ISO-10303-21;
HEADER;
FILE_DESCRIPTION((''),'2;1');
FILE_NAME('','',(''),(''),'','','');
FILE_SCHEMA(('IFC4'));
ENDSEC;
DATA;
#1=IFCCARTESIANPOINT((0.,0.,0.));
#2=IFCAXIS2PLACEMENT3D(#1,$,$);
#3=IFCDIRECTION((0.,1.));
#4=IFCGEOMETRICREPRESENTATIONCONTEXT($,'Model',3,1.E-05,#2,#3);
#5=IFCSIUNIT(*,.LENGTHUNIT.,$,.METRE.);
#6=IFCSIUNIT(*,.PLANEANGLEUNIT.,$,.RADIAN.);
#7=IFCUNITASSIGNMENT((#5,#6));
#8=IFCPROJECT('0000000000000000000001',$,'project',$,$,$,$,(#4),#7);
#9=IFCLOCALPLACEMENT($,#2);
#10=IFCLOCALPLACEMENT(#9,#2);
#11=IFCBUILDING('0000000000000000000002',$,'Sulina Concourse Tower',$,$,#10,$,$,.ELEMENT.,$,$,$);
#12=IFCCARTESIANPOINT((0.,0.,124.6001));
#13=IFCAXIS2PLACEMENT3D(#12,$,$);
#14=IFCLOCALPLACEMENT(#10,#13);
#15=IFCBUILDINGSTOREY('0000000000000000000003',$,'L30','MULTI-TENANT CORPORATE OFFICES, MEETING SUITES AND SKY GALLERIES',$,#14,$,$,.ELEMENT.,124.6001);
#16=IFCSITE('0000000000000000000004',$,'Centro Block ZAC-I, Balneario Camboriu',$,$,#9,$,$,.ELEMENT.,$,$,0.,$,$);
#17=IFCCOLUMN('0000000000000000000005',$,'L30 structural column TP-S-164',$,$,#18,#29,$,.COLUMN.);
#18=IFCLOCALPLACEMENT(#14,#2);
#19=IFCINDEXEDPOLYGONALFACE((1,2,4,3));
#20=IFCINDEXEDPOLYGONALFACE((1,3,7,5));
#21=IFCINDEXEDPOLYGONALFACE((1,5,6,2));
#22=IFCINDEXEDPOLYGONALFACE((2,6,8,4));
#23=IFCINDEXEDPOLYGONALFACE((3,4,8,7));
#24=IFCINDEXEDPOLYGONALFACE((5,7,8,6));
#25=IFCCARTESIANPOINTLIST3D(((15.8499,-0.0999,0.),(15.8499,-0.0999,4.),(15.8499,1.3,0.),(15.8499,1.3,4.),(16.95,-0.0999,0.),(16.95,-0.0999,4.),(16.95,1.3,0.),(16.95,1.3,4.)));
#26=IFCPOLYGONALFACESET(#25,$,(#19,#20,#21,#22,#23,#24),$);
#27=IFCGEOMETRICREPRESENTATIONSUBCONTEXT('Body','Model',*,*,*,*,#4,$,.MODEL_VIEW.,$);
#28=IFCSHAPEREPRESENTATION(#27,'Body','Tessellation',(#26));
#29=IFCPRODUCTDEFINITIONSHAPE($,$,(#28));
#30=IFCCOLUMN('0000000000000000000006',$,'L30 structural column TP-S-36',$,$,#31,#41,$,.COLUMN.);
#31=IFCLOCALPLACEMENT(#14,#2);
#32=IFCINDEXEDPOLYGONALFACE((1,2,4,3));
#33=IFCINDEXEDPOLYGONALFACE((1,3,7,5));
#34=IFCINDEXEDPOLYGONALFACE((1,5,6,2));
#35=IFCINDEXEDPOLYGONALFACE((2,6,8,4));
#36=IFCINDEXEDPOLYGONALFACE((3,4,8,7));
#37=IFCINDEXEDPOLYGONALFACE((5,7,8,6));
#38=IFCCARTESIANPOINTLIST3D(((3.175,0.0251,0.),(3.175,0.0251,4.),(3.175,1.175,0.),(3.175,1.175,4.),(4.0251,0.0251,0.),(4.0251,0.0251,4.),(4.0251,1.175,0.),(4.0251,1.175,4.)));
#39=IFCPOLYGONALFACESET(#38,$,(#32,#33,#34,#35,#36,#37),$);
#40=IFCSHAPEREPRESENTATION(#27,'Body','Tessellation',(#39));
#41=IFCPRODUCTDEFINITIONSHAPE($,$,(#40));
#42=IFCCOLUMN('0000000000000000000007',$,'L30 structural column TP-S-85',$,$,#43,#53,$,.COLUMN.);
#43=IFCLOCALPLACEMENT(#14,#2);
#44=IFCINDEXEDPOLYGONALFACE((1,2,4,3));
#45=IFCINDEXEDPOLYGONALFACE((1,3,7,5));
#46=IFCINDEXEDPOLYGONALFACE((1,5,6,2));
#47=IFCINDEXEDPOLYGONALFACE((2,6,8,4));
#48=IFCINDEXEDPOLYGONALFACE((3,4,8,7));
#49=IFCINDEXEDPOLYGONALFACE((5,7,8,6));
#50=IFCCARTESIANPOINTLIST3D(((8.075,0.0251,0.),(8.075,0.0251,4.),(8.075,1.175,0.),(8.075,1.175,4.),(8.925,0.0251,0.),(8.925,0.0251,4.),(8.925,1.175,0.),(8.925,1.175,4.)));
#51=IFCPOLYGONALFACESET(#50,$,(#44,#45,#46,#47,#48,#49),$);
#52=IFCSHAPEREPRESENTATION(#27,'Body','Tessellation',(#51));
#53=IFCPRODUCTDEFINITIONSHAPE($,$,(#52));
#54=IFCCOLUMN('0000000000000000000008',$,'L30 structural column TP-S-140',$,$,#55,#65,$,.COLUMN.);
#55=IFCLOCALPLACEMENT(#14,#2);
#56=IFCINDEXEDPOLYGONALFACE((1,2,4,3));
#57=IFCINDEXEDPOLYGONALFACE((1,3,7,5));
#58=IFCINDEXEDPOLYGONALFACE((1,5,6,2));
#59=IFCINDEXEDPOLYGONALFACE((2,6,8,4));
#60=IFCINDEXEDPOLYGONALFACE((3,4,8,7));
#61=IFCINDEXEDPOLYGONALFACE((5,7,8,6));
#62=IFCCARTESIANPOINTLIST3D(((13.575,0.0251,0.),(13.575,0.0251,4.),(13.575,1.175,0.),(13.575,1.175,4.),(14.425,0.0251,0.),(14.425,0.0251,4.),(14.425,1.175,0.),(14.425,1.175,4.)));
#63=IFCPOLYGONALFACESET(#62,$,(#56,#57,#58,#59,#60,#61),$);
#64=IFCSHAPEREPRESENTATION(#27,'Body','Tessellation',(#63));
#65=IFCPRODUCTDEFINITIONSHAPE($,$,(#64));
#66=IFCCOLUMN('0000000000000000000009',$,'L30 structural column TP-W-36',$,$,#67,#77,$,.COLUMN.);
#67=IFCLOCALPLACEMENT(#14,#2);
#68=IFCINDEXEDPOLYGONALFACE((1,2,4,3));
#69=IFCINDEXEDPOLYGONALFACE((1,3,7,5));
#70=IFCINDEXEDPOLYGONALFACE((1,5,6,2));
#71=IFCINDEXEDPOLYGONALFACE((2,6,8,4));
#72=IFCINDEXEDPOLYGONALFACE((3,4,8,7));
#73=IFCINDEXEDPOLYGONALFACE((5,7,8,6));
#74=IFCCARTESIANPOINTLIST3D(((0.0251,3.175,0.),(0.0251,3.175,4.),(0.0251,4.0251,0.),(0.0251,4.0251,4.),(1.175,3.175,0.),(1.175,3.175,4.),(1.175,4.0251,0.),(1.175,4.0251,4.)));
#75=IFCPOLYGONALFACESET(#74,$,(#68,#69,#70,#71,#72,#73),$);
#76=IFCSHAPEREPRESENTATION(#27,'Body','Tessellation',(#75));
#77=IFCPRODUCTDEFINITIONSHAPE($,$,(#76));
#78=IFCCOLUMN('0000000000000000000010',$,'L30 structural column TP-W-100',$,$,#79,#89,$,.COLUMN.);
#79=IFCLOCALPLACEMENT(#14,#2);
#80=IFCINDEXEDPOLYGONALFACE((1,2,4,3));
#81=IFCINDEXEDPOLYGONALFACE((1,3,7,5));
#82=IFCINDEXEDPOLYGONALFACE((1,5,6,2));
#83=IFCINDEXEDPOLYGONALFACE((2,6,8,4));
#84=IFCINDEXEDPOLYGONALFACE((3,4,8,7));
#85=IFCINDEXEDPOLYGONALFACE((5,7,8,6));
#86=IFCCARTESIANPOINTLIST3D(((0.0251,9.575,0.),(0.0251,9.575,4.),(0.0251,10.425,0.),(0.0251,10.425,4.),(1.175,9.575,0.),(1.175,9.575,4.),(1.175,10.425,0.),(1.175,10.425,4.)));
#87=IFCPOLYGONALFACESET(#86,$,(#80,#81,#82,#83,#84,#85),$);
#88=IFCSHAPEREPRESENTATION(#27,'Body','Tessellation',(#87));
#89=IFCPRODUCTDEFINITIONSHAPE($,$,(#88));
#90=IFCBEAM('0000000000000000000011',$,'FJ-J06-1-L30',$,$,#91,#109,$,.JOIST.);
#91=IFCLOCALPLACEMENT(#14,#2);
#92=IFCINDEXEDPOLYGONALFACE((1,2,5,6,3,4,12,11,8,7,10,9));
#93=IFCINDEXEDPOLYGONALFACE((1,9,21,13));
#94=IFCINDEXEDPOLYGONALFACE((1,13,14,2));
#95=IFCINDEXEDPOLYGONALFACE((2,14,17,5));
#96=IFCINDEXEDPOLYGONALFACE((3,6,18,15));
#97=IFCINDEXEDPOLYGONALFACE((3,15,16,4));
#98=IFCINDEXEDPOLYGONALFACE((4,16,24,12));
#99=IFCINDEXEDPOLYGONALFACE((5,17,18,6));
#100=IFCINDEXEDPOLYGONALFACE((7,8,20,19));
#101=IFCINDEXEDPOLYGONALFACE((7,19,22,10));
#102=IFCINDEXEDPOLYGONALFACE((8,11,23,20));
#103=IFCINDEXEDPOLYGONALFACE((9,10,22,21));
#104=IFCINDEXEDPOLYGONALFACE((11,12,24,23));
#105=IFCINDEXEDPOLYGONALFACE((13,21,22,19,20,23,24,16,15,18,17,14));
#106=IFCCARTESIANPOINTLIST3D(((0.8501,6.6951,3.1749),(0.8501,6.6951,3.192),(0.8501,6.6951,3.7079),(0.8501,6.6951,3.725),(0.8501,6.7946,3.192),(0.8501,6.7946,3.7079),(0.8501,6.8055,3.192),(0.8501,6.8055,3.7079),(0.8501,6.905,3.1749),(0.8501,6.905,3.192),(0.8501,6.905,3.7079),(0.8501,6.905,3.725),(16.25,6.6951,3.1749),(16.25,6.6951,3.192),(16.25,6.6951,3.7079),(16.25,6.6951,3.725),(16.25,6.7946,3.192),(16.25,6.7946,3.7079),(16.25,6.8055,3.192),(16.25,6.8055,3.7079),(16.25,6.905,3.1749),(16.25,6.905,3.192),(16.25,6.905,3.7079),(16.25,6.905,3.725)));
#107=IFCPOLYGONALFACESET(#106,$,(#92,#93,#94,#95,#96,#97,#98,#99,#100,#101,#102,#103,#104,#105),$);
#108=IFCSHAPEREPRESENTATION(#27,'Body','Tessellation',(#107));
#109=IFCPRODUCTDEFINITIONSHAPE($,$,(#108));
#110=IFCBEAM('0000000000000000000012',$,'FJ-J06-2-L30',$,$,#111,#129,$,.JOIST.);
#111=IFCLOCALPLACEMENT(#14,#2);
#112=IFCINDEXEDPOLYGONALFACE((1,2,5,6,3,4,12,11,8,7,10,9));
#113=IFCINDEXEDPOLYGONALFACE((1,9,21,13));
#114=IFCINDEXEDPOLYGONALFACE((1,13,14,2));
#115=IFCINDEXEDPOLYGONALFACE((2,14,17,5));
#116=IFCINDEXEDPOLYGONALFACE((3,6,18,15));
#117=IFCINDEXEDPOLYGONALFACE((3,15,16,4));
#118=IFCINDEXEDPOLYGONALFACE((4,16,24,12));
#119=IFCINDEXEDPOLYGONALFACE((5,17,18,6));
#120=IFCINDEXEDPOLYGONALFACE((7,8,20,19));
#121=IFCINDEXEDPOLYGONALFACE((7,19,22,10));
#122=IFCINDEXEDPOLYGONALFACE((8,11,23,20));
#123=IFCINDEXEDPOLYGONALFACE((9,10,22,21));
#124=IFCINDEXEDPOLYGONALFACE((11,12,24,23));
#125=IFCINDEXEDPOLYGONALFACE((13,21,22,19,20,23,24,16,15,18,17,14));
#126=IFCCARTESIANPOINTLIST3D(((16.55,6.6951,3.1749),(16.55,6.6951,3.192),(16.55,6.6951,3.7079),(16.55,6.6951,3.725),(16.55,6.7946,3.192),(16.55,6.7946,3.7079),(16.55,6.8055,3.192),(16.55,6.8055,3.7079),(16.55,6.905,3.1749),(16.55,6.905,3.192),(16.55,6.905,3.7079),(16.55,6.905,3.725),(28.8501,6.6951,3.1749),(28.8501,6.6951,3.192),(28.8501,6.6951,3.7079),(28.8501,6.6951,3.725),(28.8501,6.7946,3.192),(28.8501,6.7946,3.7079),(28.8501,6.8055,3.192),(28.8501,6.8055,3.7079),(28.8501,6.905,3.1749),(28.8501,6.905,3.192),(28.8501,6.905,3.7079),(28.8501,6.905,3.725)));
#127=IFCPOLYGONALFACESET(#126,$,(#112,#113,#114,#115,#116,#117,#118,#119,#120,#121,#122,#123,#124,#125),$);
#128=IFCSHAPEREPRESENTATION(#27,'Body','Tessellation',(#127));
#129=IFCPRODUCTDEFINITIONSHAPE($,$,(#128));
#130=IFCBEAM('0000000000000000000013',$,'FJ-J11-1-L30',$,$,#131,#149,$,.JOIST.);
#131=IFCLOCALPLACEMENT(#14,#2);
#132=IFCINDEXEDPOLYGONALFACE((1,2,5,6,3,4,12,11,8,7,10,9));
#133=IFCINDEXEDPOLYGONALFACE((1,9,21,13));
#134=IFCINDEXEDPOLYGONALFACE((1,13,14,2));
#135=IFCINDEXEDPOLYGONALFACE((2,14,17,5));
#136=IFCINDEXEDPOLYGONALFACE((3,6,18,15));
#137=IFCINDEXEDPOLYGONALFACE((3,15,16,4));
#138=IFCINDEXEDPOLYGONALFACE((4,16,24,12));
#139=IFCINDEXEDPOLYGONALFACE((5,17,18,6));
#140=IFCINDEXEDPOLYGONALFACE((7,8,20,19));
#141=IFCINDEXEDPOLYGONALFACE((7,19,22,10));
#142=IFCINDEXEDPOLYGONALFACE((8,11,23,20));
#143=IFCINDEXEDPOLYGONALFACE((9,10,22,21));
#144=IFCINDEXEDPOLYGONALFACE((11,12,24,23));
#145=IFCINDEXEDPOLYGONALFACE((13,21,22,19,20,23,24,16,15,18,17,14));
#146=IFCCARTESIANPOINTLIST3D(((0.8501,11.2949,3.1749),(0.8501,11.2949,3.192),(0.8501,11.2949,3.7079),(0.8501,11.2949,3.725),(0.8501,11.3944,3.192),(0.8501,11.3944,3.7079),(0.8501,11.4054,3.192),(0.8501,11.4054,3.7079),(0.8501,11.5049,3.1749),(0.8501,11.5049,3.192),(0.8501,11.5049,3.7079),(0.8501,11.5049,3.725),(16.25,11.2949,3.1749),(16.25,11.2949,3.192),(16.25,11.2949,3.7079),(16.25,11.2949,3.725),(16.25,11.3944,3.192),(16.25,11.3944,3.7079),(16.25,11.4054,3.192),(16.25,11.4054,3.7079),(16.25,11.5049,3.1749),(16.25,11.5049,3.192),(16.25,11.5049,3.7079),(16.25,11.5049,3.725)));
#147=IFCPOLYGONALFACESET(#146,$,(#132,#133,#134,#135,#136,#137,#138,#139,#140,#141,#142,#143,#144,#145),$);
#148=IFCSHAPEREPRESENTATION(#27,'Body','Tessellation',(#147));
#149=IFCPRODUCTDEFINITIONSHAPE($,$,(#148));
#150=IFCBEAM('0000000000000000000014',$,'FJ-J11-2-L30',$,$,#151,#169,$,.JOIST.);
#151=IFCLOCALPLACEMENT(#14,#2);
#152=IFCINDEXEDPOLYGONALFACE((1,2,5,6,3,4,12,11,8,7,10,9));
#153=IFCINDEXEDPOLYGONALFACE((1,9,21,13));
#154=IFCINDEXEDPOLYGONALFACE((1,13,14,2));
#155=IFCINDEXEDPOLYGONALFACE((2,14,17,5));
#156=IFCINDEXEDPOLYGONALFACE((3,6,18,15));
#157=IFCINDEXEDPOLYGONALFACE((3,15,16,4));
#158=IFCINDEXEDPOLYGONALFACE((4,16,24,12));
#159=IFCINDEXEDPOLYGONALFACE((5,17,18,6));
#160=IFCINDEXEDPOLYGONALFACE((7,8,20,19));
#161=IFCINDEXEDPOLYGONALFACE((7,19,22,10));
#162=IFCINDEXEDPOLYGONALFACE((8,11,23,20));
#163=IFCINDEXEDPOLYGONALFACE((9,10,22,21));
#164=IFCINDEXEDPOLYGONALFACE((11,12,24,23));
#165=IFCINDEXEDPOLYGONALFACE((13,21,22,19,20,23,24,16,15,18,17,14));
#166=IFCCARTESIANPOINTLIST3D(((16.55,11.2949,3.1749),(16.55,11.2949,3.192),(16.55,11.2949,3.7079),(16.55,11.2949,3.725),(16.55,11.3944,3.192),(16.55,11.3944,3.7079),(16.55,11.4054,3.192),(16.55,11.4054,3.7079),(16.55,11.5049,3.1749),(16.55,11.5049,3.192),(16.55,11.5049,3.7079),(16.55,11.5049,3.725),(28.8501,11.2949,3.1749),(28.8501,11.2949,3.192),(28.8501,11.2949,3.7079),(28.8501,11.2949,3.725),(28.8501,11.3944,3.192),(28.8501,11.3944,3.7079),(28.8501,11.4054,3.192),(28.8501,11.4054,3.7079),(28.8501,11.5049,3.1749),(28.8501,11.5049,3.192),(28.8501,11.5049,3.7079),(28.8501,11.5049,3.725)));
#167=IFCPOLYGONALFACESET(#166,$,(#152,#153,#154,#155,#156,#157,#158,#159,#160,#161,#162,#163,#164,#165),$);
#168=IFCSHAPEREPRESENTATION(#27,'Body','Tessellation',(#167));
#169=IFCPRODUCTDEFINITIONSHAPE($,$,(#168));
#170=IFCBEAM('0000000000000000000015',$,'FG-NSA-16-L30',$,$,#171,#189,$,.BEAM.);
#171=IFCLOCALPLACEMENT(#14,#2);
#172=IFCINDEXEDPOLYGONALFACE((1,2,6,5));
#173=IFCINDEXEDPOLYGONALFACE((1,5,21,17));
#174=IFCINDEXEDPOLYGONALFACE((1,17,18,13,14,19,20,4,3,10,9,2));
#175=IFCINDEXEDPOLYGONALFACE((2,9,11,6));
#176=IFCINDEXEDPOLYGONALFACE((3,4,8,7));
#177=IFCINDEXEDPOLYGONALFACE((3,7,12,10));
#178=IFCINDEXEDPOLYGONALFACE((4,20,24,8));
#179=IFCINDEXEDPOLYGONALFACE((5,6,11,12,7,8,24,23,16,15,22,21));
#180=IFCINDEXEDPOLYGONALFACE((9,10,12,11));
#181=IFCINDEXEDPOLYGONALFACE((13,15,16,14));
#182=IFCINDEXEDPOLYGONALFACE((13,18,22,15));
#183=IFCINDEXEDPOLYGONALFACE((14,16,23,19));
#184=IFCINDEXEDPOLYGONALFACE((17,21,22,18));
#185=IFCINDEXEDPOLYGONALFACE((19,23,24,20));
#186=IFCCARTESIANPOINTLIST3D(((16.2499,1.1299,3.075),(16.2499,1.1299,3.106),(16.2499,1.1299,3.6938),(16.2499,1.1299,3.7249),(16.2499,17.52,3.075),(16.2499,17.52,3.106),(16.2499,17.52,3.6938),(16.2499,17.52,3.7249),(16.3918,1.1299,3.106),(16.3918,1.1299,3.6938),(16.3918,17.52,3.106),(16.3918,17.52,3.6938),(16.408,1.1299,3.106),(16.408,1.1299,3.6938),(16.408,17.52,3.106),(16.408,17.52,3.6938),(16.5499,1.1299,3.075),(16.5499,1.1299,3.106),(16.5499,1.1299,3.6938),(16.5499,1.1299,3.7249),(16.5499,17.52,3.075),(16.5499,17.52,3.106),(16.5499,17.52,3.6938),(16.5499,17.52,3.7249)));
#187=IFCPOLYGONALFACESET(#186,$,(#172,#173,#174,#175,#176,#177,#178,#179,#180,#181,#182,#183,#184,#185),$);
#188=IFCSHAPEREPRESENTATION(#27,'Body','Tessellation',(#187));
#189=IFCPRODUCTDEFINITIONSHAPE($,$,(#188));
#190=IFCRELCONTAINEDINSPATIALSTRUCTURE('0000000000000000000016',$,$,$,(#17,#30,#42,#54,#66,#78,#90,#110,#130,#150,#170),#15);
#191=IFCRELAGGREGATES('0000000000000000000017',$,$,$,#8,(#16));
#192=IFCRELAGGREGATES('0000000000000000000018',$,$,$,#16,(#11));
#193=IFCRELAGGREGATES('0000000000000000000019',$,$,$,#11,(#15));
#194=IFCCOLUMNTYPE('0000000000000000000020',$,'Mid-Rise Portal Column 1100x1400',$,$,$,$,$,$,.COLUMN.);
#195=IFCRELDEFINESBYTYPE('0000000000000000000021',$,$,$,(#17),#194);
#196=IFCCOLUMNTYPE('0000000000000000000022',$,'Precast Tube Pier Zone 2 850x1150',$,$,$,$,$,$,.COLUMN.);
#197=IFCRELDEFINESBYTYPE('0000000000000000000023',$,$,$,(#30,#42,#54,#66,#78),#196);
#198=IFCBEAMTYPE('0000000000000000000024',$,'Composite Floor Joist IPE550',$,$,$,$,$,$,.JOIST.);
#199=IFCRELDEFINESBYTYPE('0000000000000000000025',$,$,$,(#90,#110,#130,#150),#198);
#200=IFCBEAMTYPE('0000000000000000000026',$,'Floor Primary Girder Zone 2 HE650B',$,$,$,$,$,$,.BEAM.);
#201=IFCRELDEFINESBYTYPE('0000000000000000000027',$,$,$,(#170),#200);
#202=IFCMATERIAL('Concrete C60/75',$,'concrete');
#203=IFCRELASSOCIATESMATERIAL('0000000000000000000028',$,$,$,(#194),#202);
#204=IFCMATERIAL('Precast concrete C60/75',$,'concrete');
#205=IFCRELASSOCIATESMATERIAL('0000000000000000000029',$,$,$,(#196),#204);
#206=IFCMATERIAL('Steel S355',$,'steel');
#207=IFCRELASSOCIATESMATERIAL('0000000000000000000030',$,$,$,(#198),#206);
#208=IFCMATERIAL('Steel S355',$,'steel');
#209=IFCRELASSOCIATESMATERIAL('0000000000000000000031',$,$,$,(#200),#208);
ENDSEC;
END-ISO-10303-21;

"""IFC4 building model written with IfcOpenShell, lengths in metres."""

from ifc_helpers import new_model, si_unit, direction, frame, origin, origin_2d, place, context, subcontext, project, spatial, rectangle, i_section, extrude, material, material_profile, profile_set, type_object, element, save


model = new_model("IFC4")

# Units and contexts
model_context = context("Model", 3, precision=1e-05, world=origin(), true_north=direction((0.0, 1.0)))
body_context = subcontext(model_context, "Body", "Model", "MODEL_VIEW")
ifc_project = project(units=[si_unit("LENGTHUNIT", "METRE"), si_unit("PLANEANGLEUNIT", "RADIAN")], contexts=[model_context])

# Site, building, storey
site_placement = place(None, origin())
site = spatial("IfcSite", under=ifc_project, at=site_placement, Name="Centro Block ZAC-I, Balneario Camboriu", CompositionType="ELEMENT", RefElevation=0.0)
building_placement = place(site_placement, origin())
building = spatial("IfcBuilding", under=site, at=building_placement, Name="Sulina Concourse Tower", CompositionType="ELEMENT")
storey_placement = place(building_placement, frame((0.0, 0.0, 124.6001)))
storey = spatial("IfcBuildingStorey", under=building, at=storey_placement, Name="L30", Description="MULTI-TENANT CORPORATE OFFICES, MEETING SUITES AND SKY GALLERIES", CompositionType="ELEMENT", Elevation=124.6001)

# Columns
ifc_material_1 = material(Name="Concrete C60/75", Category="concrete")
ifc_material_profile_1 = material_profile(ifc_material_1, rectangle(XDim=1.1001, YDim=1.3999, at=origin_2d()), Name="RC 1100x1400")
ifc_profile_set_1 = profile_set([ifc_material_profile_1], Name="Concrete C60/75")
column_type_1 = type_object("IfcColumnType", Name="Mid-Rise Portal Column 1100x1400", PredefinedType="COLUMN", material=ifc_profile_set_1)
column_placement = place(storey_placement, frame((16.3999, 0.6001, 0.0), z_axis=(0.0, 0.0, 1.0), x_axis=(1.0, 0.0, 0.0)))
element("IfcColumn", 1, at=column_placement, inside=storey, type_object=column_type_1, Name="L30 structural column TP-S-164", PredefinedType="COLUMN", context=body_context, shape_type="SweptSolid", body=[
    extrude(rectangle(XDim=1.1001, YDim=1.3999, at=origin_2d()), origin(), (0.0, 0.0, 1.0), 4.0),
])
ifc_material_2 = material(Name="Precast concrete C60/75", Category="concrete")
ifc_material_profile_2 = material_profile(ifc_material_2, rectangle(XDim=0.8501, YDim=1.1499, at=origin_2d()), Name="PC 850x1150")
ifc_profile_set_2 = profile_set([ifc_material_profile_2], Name="Precast concrete C60/75")
column_type_2 = type_object("IfcColumnType", Name="Precast Tube Pier Zone 2 850x1150", PredefinedType="COLUMN", material=ifc_profile_set_2)
for number, where, z_axis, x_axis, name in (
    (2, (3.6001, 0.6001, 0.0), (0.0, 0.0, 1.0), (1.0, 0.0, 0.0), "L30 structural column TP-S-36"),
    (3, (8.5, 0.6001, 0.0), (0.0, 0.0, 1.0), (1.0, 0.0, 0.0), "L30 structural column TP-S-85"),
    (4, (14.0, 0.6001, 0.0), (0.0, 0.0, 1.0), (1.0, 0.0, 0.0), "L30 structural column TP-S-140"),
    (5, (0.6001, 3.6001, 0.0), (0.0, 0.0, 1.0), (0.0, 1.0, 0.0), "L30 structural column TP-W-36"),
    (6, (0.6001, 10.0, 0.0), (0.0, 0.0, 1.0), (0.0, 1.0, 0.0), "L30 structural column TP-W-100"),
):
    element("IfcColumn", number, at=place(storey_placement, frame(where, z_axis=z_axis, x_axis=x_axis)), inside=storey, type_object=column_type_2, Name=name, PredefinedType="COLUMN", context=body_context, shape_type="SweptSolid", body=[
        extrude(rectangle(XDim=0.8501, YDim=1.1499, at=origin_2d()), origin(), (0.0, 0.0, 1.0), 4.0),
    ])

# Beams
ifc_material_3 = material(Name="Steel S355", Category="steel")
ifc_material_profile_3 = material_profile(ifc_material_3, i_section(OverallWidth=0.21, OverallDepth=0.55, WebThickness=0.011, FlangeThickness=0.0171, at=origin_2d()), Name="IPE 550")
ifc_profile_set_3 = profile_set([ifc_material_profile_3], Name="Steel S355")
beam_type_1 = type_object("IfcBeamType", Name="Composite Floor Joist IPE550", PredefinedType="JOIST", material=ifc_profile_set_3)
beam_1_placement = place(storey_placement, frame((0.8501, 6.8, 3.45), z_axis=(1.0, 0.0, 0.0), x_axis=(0.0, 1.0, 0.0)))
element("IfcBeam", 7, at=beam_1_placement, inside=storey, type_object=beam_type_1, Name="FJ-J06-1-L30", PredefinedType="JOIST", context=body_context, shape_type="SweptSolid", body=[
    extrude(i_section(OverallWidth=0.21, OverallDepth=0.55, WebThickness=0.011, FlangeThickness=0.0171, at=origin_2d()), origin(), (0.0, 0.0, 1.0), 15.3999),
])
beam_2_placement = place(storey_placement, frame((16.55, 6.8, 3.45), z_axis=(1.0, 0.0, 0.0), x_axis=(0.0, 1.0, 0.0)))
element("IfcBeam", 8, at=beam_2_placement, inside=storey, type_object=beam_type_1, Name="FJ-J06-2-L30", PredefinedType="JOIST", context=body_context, shape_type="SweptSolid", body=[
    extrude(i_section(OverallWidth=0.21, OverallDepth=0.55, WebThickness=0.011, FlangeThickness=0.0171, at=origin_2d()), origin(), (0.0, 0.0, 1.0), 12.3),
])
beam_3_placement = place(storey_placement, frame((0.8501, 11.3999, 3.45), z_axis=(1.0, 0.0, 0.0), x_axis=(0.0, 1.0, 0.0)))
element("IfcBeam", 9, at=beam_3_placement, inside=storey, type_object=beam_type_1, Name="FJ-J11-1-L30", PredefinedType="JOIST", context=body_context, shape_type="SweptSolid", body=[
    extrude(i_section(OverallWidth=0.21, OverallDepth=0.55, WebThickness=0.011, FlangeThickness=0.0171, at=origin_2d()), origin(), (0.0, 0.0, 1.0), 15.3999),
])
beam_4_placement = place(storey_placement, frame((16.55, 11.3999, 3.45), z_axis=(1.0, 0.0, 0.0), x_axis=(0.0, 1.0, 0.0)))
element("IfcBeam", 10, at=beam_4_placement, inside=storey, type_object=beam_type_1, Name="FJ-J11-2-L30", PredefinedType="JOIST", context=body_context, shape_type="SweptSolid", body=[
    extrude(i_section(OverallWidth=0.21, OverallDepth=0.55, WebThickness=0.011, FlangeThickness=0.0171, at=origin_2d()), origin(), (0.0, 0.0, 1.0), 12.3),
])
ifc_material_4 = material(Name="Steel S355", Category="steel")
ifc_material_profile_4 = material_profile(ifc_material_4, i_section(OverallWidth=0.3, OverallDepth=0.6499, WebThickness=0.0161, FlangeThickness=0.031, at=origin_2d()), Name="HE 650 B")
ifc_profile_set_4 = profile_set([ifc_material_profile_4], Name="Steel S355")
beam_type_2 = type_object("IfcBeamType", Name="Floor Primary Girder Zone 2 HE650B", PredefinedType="BEAM", material=ifc_profile_set_4)
beam_5_placement = place(storey_placement, frame((16.3999, 1.1299, 3.3999), z_axis=(0.0, 1.0, 0.0), x_axis=(-1.0, 0.0, 0.0)))
element("IfcBeam", 11, at=beam_5_placement, inside=storey, type_object=beam_type_2, Name="FG-NSA-16-L30", PredefinedType="BEAM", context=body_context, shape_type="SweptSolid", body=[
    extrude(i_section(OverallWidth=0.3, OverallDepth=0.6499, WebThickness=0.0161, FlangeThickness=0.031, at=origin_2d()), origin(), (0.0, 0.0, 1.0), 16.3901),
])

save(model, "model.ifc")
